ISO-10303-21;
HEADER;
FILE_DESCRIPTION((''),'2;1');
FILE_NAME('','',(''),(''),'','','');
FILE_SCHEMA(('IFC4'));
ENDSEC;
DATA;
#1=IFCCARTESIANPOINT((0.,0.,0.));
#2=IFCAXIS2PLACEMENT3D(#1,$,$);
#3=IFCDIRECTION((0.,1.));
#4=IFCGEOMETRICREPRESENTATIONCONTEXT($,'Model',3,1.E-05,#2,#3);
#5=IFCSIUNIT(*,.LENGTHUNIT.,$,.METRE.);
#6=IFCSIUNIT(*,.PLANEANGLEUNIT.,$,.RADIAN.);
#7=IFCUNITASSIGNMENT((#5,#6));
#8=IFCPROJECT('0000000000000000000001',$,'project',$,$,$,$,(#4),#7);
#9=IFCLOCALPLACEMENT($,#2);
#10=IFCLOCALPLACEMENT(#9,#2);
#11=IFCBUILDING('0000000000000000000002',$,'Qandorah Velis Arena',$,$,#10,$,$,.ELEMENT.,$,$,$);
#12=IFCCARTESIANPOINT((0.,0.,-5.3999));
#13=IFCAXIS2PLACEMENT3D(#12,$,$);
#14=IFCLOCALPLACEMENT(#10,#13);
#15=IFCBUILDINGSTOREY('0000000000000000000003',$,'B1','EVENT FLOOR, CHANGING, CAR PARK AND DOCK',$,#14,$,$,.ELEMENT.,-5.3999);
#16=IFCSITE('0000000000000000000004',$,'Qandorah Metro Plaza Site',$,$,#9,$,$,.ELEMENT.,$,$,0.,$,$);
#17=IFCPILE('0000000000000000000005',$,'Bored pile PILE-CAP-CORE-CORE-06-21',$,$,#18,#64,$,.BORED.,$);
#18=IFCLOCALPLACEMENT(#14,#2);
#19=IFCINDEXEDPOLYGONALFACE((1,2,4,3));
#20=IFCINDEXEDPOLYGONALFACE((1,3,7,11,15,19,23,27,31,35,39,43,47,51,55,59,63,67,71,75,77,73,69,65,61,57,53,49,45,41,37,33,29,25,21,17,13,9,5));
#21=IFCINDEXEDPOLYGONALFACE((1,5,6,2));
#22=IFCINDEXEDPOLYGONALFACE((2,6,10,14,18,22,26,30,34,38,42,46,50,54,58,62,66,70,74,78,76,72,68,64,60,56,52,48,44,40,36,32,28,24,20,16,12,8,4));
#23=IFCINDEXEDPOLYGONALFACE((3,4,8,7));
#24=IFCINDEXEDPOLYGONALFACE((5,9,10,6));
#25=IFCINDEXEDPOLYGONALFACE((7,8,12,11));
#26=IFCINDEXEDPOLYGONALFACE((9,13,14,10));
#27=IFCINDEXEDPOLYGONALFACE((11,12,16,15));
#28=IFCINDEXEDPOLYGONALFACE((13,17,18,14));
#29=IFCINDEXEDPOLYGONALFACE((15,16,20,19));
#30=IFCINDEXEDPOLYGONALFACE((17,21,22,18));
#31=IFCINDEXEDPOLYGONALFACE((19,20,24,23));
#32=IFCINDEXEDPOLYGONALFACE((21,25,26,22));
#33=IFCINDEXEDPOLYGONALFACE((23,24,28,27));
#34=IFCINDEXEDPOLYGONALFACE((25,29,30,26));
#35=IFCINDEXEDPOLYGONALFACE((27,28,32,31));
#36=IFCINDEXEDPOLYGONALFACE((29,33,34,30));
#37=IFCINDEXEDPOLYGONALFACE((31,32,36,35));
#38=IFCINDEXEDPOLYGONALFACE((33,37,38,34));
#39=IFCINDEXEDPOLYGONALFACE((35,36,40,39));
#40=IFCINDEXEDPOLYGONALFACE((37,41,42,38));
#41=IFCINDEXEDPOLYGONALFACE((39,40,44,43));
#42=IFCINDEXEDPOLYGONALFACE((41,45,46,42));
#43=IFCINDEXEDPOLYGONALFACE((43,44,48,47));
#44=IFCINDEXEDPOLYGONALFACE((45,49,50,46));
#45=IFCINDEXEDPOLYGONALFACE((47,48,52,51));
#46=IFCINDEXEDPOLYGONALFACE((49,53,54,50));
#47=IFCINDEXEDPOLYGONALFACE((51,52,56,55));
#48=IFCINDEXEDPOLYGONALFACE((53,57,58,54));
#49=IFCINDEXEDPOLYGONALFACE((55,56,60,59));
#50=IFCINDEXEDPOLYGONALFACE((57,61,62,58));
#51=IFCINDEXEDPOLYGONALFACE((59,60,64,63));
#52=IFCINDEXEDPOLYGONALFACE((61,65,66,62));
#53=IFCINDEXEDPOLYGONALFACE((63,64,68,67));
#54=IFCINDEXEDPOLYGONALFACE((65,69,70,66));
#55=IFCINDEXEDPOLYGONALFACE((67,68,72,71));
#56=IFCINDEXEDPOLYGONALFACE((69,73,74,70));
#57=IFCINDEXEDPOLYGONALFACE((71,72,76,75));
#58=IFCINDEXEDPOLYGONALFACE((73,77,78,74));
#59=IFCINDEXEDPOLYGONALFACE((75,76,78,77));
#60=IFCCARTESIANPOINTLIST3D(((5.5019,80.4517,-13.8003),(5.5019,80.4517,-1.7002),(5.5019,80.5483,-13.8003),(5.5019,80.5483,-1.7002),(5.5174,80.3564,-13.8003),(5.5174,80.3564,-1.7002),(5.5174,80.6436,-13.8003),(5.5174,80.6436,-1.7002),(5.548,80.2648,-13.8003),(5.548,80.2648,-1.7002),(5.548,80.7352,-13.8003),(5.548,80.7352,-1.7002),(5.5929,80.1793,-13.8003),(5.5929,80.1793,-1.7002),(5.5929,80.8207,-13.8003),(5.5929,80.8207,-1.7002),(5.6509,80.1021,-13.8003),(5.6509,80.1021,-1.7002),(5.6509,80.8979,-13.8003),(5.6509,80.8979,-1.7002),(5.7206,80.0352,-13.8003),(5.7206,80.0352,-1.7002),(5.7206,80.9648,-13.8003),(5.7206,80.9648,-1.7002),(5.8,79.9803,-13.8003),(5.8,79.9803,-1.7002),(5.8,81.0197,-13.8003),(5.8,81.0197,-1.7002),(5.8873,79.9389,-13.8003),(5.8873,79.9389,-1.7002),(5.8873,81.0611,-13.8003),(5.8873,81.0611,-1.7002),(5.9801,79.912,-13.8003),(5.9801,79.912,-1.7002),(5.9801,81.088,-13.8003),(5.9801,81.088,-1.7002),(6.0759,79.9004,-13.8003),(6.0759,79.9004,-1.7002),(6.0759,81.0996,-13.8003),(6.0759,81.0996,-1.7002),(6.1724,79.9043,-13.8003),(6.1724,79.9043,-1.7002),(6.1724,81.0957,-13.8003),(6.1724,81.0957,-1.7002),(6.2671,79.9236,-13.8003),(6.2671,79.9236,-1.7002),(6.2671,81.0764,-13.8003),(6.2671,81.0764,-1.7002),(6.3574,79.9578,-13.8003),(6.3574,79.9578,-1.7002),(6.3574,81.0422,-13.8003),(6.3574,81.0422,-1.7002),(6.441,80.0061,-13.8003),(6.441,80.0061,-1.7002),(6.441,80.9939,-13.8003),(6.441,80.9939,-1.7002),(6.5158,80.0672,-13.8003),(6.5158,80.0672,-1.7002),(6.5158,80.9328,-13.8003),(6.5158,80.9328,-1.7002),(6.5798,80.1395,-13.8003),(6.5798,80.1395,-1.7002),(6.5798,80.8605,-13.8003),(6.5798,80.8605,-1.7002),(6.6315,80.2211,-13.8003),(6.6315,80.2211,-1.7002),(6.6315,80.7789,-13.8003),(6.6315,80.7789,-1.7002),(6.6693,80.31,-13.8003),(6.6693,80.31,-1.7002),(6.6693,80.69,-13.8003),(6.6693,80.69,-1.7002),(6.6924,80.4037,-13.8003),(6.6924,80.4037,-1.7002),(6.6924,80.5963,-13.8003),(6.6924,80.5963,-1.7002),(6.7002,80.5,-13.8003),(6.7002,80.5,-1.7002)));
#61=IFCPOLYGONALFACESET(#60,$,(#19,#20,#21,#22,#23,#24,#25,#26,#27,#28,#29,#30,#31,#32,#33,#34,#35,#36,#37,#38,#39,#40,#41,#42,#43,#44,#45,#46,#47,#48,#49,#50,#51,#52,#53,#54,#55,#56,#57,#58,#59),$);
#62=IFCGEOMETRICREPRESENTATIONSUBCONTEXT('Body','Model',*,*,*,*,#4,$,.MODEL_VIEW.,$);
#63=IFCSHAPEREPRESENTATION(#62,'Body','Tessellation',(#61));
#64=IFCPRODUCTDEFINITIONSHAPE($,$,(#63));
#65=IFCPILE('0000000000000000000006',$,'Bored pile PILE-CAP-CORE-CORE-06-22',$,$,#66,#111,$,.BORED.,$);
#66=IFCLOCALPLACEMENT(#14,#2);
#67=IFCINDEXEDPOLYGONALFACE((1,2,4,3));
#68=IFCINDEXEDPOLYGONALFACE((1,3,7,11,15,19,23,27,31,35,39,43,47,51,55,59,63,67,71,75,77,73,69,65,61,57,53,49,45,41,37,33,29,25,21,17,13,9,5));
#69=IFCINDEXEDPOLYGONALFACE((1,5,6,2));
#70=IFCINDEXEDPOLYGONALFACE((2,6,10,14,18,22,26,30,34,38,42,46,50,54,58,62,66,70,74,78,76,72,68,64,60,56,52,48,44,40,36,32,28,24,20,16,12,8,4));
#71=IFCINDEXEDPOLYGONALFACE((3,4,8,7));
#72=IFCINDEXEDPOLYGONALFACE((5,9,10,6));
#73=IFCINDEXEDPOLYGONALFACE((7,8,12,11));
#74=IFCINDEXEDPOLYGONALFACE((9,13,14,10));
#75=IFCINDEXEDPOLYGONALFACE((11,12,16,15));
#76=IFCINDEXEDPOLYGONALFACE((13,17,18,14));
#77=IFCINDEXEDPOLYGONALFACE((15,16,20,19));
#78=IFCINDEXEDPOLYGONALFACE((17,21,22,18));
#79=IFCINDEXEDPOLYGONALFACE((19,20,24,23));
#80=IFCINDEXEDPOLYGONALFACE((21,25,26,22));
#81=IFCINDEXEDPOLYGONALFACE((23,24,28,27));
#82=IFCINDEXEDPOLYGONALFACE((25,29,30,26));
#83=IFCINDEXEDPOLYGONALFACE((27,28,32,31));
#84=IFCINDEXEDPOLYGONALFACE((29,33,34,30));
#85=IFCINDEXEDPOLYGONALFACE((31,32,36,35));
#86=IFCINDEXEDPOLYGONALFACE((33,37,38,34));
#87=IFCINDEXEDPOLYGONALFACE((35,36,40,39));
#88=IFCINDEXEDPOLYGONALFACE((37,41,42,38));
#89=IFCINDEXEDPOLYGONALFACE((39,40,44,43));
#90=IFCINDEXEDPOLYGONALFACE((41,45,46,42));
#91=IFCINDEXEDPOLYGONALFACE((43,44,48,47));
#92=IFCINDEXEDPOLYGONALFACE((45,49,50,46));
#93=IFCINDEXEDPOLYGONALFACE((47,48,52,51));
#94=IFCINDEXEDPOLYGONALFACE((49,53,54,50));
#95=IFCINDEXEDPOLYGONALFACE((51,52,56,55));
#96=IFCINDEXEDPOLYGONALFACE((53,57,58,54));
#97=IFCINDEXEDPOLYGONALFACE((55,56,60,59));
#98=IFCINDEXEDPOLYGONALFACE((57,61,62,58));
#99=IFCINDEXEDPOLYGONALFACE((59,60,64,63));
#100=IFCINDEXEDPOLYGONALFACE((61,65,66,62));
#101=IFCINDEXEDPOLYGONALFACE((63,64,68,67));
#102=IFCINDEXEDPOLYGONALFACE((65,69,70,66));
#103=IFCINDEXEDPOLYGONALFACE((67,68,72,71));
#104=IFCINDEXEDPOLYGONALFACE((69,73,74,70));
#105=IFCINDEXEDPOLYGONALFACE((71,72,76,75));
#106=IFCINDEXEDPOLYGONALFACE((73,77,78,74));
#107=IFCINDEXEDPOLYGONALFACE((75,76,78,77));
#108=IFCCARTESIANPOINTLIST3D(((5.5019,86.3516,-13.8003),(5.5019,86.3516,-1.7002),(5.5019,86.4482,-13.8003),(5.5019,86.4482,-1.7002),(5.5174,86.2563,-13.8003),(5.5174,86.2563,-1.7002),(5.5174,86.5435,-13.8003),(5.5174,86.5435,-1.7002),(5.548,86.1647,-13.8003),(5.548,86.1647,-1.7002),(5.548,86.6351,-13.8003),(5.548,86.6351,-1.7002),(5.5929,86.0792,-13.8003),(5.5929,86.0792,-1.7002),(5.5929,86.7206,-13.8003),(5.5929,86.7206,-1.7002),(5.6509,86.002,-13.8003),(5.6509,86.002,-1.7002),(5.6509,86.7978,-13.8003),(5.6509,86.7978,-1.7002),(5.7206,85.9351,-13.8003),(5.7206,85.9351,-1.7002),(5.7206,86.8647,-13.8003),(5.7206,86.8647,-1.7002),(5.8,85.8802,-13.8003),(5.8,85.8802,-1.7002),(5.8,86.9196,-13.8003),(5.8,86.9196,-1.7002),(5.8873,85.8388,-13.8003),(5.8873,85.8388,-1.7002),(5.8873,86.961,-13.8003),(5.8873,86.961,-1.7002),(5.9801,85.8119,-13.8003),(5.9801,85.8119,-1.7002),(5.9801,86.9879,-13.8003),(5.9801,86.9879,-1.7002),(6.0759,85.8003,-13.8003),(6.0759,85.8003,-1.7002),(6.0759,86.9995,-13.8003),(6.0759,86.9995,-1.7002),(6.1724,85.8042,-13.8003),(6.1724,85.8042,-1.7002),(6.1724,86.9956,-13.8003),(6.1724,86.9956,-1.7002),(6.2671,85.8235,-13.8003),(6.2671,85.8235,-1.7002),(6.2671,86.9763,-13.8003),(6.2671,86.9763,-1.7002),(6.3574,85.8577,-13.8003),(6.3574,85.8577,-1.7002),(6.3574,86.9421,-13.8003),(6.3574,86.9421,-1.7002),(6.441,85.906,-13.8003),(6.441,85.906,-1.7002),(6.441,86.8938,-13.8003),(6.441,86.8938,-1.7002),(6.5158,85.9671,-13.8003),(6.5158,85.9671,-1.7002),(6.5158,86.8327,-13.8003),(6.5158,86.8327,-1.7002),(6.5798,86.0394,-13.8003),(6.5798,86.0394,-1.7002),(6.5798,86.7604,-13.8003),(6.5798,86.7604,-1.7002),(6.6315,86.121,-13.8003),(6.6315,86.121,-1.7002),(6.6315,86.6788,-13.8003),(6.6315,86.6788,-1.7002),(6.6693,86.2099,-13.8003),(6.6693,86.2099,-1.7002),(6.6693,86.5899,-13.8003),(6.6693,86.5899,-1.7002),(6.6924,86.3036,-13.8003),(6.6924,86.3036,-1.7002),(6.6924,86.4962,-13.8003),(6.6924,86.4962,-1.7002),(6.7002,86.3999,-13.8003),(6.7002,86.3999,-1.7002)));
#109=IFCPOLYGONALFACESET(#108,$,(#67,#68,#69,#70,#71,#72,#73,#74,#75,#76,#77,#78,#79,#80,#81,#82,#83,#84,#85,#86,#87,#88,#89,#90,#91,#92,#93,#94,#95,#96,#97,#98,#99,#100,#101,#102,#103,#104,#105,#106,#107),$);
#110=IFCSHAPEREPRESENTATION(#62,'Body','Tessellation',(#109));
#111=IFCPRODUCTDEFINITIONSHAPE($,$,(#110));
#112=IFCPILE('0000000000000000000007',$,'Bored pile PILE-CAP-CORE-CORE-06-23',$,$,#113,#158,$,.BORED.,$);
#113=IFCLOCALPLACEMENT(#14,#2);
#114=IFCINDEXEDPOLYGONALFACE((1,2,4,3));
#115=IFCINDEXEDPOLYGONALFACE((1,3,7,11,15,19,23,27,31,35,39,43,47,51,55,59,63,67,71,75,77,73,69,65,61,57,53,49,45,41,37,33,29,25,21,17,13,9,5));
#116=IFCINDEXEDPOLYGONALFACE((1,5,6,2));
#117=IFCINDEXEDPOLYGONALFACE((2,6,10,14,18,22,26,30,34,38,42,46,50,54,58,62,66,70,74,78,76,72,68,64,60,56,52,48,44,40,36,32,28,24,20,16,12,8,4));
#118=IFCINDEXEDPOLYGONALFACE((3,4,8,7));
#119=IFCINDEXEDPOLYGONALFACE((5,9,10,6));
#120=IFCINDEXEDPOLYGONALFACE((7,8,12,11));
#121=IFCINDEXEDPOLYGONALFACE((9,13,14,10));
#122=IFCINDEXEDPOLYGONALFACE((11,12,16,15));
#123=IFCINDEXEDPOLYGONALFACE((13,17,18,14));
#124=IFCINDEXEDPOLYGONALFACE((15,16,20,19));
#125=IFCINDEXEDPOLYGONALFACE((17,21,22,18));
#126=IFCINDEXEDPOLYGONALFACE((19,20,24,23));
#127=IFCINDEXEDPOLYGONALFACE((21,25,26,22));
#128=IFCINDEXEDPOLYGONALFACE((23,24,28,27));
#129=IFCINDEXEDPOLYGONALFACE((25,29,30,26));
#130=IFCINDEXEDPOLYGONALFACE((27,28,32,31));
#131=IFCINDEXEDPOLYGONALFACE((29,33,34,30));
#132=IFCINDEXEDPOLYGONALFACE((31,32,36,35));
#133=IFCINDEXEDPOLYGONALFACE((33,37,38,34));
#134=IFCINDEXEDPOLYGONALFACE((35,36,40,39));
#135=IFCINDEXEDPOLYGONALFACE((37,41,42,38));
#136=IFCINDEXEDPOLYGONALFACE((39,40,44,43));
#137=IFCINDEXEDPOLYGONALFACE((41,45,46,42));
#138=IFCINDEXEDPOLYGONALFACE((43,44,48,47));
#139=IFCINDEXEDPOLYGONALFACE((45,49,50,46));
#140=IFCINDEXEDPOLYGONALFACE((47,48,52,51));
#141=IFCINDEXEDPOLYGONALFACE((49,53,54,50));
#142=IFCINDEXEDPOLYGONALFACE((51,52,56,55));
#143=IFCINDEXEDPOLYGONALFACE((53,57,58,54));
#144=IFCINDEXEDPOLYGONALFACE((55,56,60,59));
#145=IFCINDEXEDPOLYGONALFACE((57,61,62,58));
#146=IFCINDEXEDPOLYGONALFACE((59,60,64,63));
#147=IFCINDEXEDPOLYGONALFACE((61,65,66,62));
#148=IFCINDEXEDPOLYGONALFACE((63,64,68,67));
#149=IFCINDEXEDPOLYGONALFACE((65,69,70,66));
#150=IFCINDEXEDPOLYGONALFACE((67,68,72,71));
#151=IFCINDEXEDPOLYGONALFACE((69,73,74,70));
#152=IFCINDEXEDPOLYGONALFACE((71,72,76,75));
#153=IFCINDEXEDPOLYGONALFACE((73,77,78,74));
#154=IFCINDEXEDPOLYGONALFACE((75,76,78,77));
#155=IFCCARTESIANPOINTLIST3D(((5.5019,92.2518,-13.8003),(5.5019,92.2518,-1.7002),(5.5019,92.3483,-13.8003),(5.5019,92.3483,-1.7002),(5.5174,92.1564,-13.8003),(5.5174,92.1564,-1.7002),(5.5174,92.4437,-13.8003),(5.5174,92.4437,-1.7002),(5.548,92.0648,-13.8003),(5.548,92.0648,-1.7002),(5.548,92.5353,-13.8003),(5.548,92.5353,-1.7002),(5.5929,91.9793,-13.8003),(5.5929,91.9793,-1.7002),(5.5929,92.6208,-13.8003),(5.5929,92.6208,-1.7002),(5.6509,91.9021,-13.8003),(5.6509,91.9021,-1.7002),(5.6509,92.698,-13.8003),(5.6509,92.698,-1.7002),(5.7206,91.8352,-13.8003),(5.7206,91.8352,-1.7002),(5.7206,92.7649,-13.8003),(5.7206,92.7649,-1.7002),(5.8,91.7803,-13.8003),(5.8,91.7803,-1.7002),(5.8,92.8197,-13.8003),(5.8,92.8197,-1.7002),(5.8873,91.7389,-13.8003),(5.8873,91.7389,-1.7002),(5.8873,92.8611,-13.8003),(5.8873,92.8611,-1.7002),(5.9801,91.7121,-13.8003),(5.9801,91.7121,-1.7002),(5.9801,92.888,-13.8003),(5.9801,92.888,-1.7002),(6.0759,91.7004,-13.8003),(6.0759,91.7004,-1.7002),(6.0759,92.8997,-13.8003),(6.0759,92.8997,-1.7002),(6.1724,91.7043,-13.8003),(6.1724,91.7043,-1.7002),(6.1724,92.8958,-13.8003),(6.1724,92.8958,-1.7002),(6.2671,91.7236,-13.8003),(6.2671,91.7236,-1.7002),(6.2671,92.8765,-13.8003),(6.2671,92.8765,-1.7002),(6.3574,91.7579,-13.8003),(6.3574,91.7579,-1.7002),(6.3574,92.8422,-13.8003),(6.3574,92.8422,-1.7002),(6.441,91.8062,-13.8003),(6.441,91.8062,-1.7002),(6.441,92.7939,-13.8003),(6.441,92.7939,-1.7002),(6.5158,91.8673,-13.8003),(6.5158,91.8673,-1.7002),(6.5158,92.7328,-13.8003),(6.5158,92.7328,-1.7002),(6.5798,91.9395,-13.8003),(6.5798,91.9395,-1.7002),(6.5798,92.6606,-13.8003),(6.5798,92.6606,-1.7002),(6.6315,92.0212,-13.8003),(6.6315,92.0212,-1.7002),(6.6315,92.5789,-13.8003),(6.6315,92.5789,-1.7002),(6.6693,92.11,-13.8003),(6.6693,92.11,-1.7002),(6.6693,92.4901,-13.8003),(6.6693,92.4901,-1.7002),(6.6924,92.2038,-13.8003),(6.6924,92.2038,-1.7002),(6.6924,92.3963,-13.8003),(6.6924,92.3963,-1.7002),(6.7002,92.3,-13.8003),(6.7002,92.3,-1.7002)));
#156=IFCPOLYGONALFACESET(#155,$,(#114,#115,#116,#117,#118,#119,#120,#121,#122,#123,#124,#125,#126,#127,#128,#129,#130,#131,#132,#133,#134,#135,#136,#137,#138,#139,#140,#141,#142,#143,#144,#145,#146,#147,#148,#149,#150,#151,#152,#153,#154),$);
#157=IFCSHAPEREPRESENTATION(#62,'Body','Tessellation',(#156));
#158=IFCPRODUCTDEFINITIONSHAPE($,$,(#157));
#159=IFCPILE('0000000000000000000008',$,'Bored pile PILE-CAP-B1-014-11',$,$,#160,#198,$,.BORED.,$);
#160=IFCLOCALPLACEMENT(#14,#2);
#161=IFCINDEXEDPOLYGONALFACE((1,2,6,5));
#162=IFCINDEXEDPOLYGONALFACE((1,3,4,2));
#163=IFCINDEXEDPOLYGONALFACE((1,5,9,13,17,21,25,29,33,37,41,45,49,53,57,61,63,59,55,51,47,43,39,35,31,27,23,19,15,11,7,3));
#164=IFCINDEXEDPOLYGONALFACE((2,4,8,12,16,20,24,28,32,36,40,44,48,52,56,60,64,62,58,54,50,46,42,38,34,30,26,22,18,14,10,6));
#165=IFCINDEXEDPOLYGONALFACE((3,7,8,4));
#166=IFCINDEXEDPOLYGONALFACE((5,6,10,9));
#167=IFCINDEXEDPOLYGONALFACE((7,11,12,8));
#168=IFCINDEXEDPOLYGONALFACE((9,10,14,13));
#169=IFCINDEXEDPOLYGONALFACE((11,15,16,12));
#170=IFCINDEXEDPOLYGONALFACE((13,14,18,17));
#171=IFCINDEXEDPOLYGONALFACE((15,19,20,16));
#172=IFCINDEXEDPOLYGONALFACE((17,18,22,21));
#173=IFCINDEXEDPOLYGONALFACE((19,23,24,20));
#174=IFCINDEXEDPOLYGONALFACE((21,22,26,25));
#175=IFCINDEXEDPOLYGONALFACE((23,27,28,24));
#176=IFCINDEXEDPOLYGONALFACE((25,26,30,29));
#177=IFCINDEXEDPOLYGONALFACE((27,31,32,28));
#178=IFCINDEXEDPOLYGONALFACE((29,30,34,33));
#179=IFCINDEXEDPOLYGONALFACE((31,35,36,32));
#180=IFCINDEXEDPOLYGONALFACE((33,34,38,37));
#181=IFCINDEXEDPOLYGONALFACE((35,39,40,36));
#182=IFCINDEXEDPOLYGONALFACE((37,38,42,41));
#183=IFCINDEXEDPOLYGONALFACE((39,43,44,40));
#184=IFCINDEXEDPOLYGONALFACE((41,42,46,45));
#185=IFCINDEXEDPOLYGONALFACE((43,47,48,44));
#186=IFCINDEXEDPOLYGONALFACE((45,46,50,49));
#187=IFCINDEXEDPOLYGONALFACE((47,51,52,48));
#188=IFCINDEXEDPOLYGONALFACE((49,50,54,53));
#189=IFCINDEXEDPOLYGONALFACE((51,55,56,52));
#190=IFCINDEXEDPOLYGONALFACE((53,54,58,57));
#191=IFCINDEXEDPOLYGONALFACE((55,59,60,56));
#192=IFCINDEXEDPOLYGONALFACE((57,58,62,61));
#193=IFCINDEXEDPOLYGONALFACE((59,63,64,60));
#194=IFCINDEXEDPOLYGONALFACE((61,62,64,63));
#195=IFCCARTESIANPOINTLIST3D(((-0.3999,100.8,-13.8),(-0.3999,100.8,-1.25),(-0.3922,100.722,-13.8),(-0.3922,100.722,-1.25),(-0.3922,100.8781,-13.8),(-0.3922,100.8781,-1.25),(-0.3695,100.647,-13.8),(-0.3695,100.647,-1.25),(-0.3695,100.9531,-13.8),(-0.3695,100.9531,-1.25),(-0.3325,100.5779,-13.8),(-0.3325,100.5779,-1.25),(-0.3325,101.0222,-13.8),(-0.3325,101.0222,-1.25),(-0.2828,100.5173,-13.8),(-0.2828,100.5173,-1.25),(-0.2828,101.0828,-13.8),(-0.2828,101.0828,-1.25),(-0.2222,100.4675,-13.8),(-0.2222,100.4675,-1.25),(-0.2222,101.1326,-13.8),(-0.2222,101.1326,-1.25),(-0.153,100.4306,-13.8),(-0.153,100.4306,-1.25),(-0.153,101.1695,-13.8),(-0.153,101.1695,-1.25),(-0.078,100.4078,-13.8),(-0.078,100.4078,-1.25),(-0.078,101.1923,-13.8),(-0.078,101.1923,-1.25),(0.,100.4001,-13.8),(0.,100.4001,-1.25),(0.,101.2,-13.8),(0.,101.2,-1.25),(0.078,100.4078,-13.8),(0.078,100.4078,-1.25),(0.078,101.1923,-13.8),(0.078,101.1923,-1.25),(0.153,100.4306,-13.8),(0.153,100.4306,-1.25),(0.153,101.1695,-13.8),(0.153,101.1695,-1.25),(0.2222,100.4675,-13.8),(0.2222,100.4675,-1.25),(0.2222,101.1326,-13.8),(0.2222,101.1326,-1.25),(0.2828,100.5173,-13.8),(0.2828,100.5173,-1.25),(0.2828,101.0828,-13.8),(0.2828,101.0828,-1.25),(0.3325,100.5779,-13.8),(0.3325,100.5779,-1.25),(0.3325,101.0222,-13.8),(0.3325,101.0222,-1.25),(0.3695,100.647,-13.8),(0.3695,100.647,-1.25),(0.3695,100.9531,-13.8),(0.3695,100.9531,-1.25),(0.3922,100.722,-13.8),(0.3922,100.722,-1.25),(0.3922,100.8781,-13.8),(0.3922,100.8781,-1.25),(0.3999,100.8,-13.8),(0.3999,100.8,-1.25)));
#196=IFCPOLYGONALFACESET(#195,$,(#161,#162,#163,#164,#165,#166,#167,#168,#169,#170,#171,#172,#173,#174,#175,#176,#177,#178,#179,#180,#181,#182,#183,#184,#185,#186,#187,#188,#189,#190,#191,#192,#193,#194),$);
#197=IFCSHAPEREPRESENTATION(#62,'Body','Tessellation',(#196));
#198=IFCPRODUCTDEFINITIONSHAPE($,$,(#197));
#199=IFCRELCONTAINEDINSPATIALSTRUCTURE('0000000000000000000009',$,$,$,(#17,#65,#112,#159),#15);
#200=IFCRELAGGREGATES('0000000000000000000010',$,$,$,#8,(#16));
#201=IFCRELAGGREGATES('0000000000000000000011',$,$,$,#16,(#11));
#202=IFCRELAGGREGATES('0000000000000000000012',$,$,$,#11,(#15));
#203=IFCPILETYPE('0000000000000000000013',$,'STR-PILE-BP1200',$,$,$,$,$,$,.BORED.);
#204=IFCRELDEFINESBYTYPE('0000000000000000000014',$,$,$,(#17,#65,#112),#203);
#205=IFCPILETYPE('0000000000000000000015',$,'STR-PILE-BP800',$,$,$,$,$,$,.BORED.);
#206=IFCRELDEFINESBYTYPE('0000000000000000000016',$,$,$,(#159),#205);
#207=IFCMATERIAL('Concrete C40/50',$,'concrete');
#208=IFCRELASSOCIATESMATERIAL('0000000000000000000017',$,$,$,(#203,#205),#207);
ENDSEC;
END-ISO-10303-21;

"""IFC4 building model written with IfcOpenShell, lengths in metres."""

from ifc_helpers import new_model, si_unit, direction, frame, origin, origin_2d, place, context, subcontext, project, spatial, circle, extrude, material, material_profile, profile_set, type_object, element, save


model = new_model("IFC4")

# Units and contexts
model_context = context("Model", 3, precision=1e-05, world=origin(), true_north=direction((0.0, 1.0)))
body_context = subcontext(model_context, "Body", "Model", "MODEL_VIEW")
ifc_project = project(units=[si_unit("LENGTHUNIT", "METRE"), si_unit("PLANEANGLEUNIT", "RADIAN")], contexts=[model_context])

# Site, building, storey
site_placement = place(None, origin())
site = spatial("IfcSite", under=ifc_project, at=site_placement, Name="Qandorah Metro Plaza Site", CompositionType="ELEMENT", RefElevation=0.0)
building_placement = place(site_placement, origin())
building = spatial("IfcBuilding", under=site, at=building_placement, Name="Qandorah Velis Arena", CompositionType="ELEMENT")
storey_placement = place(building_placement, frame((0.0, 0.0, -5.3999)))
storey = spatial("IfcBuildingStorey", under=building, at=storey_placement, Name="B1", Description="EVENT FLOOR, CHANGING, CAR PARK AND DOCK", CompositionType="ELEMENT", Elevation=-5.3999)

# Shared definitions
ifc_material_1 = material(Name="Concrete C40/50", Category="concrete")

# Piles
ifc_material_profile_1 = material_profile(ifc_material_1, circle(Radius=0.6001, at=origin_2d()), Name="BORED PILE D1200")
ifc_profile_set_1 = profile_set([ifc_material_profile_1], Name="Concrete C40/50")
pile_type_1 = type_object("IfcPileType", Name="STR-PILE-BP1200", PredefinedType="BORED", material=ifc_profile_set_1)
for number, where, z_axis, x_axis, name in (
    (1, (6.1001, 80.5, -1.7002), (0.0, 0.0, -1.0), (1.0, 0.0, 0.0), "Bored pile PILE-CAP-CORE-CORE-06-21"),
    (2, (6.1001, 86.3999, -1.7002), (0.0, 0.0, -1.0), (1.0, 0.0, 0.0), "Bored pile PILE-CAP-CORE-CORE-06-22"),
    (3, (6.1001, 92.3, -1.7002), (0.0, 0.0, -1.0), (1.0, 0.0, 0.0), "Bored pile PILE-CAP-CORE-CORE-06-23"),
):
    element("IfcPile", number, at=place(storey_placement, frame(where, z_axis=z_axis, x_axis=x_axis)), inside=storey, type_object=pile_type_1, Name=name, PredefinedType="BORED", context=body_context, shape_type="SweptSolid", body=[
        extrude(circle(Radius=0.6001, at=origin_2d()), origin(), (0.0, 0.0, 1.0), 12.1001),
    ])
ifc_material_profile_2 = material_profile(ifc_material_1, circle(Radius=0.3999, at=origin_2d()), Name="BORED PILE D800")
ifc_profile_set_2 = profile_set([ifc_material_profile_2], Name="Concrete C40/50")
pile_type_2 = type_object("IfcPileType", Name="STR-PILE-BP800", PredefinedType="BORED", material=ifc_profile_set_2)
pile_placement = place(storey_placement, frame((0.0, 100.8, -1.25), z_axis=(0.0, 0.0, -1.0), x_axis=(1.0, 0.0, 0.0)))
element("IfcPile", 4, at=pile_placement, inside=storey, type_object=pile_type_2, Name="Bored pile PILE-CAP-B1-014-11", PredefinedType="BORED", context=body_context, shape_type="SweptSolid", body=[
    extrude(circle(Radius=0.3999, at=origin_2d()), origin(), (0.0, 0.0, 1.0), 12.55),
])

save(model, "model.ifc")
